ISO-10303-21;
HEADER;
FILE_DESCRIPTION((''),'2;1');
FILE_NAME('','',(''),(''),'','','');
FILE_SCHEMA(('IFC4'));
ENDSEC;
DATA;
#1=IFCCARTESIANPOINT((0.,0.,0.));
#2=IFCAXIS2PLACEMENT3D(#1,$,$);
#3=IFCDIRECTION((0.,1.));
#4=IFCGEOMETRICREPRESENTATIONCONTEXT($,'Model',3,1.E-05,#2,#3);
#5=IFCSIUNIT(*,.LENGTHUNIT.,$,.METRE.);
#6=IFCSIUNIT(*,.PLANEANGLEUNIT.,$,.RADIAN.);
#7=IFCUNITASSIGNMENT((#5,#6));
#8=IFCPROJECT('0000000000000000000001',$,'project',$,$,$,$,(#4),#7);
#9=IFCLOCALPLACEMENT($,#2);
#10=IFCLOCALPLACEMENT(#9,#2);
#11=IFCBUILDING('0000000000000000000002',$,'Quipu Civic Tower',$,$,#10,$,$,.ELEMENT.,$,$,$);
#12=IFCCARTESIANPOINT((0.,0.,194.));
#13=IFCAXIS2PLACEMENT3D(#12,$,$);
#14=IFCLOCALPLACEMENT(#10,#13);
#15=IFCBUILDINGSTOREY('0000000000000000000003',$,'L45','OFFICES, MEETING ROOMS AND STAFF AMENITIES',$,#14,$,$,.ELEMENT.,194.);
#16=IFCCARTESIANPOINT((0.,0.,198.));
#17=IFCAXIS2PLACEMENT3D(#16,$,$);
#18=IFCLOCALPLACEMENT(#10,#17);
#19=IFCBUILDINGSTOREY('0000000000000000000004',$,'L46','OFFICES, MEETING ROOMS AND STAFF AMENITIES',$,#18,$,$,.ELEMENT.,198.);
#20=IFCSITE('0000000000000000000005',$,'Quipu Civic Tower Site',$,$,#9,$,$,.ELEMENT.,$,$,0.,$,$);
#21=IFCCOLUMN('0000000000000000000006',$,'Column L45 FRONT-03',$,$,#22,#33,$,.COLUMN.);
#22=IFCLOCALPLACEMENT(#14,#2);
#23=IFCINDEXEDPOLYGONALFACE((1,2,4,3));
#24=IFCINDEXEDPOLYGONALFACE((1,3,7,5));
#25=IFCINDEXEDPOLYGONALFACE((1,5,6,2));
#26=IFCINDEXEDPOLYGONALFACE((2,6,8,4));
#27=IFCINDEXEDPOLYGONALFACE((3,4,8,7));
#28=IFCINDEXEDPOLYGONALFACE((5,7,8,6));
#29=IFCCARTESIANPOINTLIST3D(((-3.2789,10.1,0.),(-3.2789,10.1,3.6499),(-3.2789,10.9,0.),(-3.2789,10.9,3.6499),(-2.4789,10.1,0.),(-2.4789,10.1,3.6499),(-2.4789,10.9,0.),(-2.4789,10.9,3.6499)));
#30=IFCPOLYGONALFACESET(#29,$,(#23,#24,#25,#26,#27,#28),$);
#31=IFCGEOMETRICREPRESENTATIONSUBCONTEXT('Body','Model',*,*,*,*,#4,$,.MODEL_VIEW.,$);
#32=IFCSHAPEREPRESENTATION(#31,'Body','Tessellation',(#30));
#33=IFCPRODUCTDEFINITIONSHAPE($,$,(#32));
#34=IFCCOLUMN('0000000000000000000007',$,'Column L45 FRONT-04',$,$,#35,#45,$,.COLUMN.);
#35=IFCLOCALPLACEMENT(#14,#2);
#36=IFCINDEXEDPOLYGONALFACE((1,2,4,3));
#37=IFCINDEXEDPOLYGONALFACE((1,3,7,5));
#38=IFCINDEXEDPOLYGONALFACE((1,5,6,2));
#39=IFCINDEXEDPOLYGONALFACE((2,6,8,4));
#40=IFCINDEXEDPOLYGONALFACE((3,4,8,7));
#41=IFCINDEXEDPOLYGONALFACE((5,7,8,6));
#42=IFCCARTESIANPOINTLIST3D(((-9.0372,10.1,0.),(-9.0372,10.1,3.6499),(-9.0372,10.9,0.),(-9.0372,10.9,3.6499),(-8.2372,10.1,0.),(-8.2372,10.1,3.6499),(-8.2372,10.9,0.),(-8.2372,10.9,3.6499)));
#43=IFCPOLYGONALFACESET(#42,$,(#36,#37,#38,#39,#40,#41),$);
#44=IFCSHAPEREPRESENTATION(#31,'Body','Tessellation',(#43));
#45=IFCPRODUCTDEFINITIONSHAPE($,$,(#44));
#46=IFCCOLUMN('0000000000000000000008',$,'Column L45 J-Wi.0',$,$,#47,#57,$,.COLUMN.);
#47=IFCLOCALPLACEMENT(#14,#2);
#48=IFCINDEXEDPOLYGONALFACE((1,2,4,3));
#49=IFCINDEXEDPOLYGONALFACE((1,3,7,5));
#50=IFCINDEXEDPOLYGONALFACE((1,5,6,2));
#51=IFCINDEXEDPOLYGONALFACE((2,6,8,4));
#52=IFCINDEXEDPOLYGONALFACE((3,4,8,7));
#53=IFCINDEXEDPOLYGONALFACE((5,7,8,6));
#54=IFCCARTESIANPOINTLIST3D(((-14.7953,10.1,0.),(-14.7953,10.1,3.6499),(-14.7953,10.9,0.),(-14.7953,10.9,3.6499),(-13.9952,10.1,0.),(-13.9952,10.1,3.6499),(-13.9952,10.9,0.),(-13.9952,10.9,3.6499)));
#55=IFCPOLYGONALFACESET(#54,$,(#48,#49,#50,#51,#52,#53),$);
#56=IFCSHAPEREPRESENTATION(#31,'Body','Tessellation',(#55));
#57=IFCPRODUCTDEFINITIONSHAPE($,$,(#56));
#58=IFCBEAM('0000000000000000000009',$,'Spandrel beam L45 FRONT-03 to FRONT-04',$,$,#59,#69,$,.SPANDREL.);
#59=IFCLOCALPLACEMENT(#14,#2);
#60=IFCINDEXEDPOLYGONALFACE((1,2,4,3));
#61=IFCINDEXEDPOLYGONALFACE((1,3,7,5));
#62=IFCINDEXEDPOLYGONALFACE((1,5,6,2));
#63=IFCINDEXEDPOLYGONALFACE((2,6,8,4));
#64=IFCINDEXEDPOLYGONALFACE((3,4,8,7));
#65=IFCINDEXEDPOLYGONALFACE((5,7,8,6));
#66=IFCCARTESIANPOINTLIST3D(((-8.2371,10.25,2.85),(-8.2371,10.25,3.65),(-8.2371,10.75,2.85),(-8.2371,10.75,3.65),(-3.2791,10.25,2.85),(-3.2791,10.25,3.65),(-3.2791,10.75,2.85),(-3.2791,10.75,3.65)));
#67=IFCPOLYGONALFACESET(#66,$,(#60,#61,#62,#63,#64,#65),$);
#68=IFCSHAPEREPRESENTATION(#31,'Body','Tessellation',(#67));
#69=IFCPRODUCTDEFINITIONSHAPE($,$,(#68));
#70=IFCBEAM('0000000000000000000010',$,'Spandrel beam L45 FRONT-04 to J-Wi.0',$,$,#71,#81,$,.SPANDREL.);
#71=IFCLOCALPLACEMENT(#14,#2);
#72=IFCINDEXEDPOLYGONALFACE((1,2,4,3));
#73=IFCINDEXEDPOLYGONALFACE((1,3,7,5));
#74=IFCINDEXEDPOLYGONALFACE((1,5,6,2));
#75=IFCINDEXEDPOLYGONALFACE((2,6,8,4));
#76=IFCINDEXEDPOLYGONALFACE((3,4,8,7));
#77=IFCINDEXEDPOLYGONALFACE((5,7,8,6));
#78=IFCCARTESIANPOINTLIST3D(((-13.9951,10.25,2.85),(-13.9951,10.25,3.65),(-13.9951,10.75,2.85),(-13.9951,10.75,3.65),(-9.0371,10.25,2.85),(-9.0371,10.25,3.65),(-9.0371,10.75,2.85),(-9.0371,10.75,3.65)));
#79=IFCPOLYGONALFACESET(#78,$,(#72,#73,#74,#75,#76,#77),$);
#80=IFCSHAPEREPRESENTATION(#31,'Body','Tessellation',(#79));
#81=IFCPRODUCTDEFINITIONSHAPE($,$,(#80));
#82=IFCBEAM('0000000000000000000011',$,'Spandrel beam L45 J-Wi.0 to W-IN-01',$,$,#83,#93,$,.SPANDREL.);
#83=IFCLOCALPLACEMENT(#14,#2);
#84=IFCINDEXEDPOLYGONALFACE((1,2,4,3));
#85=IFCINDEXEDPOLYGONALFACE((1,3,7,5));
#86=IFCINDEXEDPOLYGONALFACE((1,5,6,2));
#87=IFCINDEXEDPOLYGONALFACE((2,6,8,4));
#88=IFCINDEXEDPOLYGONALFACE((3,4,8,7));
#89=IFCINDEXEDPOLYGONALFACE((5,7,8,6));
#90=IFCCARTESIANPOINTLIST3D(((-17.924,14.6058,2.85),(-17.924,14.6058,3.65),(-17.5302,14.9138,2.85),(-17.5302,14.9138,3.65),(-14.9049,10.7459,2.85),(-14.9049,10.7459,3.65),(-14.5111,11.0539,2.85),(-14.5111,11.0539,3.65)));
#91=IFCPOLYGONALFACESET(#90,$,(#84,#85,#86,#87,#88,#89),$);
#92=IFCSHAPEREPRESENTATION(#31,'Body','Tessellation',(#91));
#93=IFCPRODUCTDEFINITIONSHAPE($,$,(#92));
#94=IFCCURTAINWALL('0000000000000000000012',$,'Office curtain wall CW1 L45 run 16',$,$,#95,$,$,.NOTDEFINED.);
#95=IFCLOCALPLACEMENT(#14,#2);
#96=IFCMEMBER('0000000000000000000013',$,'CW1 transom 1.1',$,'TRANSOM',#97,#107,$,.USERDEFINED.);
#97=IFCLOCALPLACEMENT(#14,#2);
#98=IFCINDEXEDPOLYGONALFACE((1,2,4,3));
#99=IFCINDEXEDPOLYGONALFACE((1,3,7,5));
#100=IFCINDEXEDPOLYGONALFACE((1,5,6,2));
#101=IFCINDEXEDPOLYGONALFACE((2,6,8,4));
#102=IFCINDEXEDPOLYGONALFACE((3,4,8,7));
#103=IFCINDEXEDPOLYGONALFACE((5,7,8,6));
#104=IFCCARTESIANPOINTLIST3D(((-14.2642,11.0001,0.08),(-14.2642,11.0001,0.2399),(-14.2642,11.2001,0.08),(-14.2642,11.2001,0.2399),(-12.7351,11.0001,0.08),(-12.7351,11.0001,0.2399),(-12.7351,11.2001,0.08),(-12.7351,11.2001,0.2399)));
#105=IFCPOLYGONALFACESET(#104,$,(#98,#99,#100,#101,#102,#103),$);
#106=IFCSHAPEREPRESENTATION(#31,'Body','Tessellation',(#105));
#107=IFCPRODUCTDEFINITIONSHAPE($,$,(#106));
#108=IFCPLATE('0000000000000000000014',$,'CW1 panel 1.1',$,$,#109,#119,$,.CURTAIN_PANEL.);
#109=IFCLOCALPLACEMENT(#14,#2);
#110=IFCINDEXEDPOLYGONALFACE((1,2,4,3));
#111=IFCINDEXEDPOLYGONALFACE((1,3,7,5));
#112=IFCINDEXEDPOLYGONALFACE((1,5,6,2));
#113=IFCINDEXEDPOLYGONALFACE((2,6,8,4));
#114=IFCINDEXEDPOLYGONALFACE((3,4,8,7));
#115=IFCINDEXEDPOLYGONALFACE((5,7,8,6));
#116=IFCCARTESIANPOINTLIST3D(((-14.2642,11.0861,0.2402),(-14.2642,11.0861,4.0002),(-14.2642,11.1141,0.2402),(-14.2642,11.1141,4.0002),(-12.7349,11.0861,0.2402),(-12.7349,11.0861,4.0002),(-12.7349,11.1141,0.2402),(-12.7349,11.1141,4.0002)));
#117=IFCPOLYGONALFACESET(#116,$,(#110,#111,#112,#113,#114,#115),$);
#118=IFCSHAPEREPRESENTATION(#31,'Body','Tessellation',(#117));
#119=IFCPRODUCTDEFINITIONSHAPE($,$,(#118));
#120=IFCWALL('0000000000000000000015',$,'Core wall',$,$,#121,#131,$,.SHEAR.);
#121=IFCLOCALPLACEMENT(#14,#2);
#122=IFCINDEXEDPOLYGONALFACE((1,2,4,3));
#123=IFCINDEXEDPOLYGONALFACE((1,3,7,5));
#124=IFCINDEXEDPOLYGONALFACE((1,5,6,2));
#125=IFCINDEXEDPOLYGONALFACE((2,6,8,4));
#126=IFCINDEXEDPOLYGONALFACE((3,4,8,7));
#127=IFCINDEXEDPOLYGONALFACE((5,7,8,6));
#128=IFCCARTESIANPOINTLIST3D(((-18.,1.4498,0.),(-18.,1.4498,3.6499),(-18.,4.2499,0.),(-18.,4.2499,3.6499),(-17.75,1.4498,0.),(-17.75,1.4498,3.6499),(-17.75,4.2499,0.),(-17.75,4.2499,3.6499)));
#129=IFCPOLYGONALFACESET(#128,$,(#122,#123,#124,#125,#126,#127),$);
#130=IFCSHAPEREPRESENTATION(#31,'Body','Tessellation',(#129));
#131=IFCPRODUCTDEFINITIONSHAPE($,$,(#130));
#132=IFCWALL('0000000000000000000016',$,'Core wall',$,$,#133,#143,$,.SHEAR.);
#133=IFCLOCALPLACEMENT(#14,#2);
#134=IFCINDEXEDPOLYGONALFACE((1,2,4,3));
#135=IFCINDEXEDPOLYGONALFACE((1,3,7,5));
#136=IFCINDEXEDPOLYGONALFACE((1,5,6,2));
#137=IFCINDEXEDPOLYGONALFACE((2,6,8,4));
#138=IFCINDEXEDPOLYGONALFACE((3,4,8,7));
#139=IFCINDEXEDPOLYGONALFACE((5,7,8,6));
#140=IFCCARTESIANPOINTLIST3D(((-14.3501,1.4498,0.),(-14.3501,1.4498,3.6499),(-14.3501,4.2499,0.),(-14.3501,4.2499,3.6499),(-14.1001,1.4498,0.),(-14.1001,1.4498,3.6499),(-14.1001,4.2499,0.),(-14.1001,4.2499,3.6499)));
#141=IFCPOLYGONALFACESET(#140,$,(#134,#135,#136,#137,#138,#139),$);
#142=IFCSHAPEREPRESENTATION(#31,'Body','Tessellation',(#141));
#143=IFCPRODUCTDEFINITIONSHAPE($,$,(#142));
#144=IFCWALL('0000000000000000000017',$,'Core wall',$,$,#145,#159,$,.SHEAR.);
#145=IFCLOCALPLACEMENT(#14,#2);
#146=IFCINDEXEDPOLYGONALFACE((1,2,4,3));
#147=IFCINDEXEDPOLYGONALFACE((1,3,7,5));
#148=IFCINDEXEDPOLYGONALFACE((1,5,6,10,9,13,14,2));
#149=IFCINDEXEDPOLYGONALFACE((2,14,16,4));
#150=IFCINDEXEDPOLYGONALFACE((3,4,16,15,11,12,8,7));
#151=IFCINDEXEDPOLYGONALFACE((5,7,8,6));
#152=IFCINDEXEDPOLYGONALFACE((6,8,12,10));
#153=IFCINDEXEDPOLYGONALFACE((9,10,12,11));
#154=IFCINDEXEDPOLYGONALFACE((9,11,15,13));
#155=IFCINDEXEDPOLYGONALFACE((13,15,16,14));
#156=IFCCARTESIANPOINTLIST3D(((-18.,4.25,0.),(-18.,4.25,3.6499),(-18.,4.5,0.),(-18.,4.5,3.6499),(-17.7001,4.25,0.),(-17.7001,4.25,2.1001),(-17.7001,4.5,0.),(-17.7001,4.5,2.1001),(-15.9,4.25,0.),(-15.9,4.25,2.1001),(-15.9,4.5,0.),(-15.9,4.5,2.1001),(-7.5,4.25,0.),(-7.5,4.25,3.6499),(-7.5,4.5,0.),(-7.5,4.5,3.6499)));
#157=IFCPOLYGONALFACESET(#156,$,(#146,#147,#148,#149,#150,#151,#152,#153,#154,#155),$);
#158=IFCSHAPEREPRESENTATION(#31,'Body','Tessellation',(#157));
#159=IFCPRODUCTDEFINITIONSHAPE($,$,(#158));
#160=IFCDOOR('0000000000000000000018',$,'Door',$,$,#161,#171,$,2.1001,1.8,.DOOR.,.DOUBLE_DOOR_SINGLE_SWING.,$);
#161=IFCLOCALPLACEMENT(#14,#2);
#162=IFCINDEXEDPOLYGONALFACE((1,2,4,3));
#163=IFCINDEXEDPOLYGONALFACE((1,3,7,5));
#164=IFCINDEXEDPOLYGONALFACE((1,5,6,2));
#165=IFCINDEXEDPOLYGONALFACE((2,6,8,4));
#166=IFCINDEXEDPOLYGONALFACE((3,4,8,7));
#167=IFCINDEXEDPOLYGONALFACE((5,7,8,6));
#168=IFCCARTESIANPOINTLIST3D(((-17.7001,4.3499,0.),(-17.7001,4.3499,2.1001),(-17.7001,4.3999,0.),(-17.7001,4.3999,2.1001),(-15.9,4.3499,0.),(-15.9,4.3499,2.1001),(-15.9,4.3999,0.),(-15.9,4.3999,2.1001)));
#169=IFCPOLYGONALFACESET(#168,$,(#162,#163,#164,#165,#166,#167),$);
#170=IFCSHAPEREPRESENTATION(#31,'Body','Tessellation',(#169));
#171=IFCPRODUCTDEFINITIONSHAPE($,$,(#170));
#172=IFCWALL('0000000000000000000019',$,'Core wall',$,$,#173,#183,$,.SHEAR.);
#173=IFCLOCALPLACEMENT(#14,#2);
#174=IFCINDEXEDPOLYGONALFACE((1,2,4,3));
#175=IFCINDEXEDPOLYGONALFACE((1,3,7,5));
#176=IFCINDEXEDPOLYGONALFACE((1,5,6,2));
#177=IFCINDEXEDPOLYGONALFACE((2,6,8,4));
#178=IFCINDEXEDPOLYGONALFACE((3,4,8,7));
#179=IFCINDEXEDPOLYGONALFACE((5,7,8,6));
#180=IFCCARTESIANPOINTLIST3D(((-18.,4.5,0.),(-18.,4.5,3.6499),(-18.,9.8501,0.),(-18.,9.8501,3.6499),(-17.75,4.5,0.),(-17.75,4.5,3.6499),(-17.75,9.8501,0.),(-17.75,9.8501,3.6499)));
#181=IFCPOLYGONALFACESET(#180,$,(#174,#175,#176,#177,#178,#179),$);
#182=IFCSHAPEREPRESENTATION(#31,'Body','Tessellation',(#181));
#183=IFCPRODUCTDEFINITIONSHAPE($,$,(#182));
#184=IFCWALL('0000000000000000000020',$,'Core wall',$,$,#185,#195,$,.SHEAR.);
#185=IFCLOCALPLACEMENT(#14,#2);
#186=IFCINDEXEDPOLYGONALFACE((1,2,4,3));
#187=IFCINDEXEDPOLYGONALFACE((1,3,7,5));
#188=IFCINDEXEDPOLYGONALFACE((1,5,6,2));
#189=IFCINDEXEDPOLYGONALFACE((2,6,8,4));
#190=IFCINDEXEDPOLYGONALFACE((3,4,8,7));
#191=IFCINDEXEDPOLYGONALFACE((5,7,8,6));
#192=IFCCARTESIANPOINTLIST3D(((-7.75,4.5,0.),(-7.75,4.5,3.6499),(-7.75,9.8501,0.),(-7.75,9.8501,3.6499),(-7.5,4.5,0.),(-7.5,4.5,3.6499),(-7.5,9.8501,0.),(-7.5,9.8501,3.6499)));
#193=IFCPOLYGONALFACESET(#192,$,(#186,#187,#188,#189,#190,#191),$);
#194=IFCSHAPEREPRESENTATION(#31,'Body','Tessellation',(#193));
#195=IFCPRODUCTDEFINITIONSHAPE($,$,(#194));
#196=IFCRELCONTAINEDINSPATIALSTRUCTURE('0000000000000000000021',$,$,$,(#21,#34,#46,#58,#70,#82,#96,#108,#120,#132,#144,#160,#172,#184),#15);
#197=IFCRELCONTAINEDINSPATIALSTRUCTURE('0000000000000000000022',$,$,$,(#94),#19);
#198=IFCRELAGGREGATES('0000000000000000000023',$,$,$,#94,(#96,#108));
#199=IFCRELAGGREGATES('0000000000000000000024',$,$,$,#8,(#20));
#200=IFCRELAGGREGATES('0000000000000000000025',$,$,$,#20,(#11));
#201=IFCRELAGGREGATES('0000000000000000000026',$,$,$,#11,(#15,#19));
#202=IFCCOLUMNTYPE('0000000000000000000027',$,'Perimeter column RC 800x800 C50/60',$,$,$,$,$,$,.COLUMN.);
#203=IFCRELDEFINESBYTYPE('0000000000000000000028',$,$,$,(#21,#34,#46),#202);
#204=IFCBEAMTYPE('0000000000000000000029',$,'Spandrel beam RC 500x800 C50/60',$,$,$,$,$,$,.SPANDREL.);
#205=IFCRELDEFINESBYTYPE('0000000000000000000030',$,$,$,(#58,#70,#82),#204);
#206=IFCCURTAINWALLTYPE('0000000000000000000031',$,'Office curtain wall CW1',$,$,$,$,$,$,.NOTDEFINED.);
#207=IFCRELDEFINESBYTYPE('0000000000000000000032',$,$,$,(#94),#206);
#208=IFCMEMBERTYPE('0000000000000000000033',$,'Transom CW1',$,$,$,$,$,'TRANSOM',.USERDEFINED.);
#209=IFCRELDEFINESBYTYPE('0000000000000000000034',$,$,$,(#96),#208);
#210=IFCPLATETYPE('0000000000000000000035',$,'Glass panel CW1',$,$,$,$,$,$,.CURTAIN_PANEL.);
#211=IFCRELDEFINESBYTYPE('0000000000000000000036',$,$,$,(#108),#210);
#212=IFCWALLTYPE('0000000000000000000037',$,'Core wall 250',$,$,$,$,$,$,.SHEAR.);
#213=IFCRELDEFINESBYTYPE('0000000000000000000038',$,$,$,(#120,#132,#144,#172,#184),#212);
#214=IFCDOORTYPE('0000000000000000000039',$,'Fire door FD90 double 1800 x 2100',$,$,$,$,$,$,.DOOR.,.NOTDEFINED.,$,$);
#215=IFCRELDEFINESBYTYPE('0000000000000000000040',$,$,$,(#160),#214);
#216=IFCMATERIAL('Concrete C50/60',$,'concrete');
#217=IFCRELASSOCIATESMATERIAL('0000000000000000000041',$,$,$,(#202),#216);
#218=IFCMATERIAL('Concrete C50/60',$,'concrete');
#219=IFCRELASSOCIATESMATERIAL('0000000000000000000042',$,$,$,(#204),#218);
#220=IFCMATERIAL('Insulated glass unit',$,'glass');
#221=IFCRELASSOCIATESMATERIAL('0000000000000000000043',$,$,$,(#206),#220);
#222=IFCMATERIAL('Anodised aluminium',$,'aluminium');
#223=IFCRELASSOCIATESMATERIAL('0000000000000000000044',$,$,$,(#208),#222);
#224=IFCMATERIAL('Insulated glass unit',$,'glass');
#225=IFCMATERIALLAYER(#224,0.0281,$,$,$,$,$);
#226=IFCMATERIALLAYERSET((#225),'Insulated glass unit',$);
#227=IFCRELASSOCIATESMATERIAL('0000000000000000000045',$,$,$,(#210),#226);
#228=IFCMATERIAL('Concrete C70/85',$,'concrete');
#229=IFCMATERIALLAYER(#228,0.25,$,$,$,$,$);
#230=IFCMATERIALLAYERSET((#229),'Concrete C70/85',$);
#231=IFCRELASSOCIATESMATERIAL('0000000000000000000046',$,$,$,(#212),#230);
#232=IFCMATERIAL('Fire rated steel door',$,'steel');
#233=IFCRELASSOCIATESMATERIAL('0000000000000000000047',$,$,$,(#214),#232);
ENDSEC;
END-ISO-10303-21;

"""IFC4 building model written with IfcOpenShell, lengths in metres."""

from ifc_helpers import new_model, si_unit, direction, frame, frame_2d, origin, origin_2d, place, context, subcontext, project, spatial, rectangle, extrude, material, layer, layer_set, material_profile, profile_set, type_object, element, fill, aggregate, save


model = new_model("IFC4")

# Units and contexts
model_context = context("Model", 3, precision=1e-05, world=origin(), true_north=direction((0.0, 1.0)))
body_context = subcontext(model_context, "Body", "Model", "MODEL_VIEW")
ifc_project = project(units=[si_unit("LENGTHUNIT", "METRE"), si_unit("PLANEANGLEUNIT", "RADIAN")], contexts=[model_context])

# Site, building, storey
site_placement = place(None, origin())
site = spatial("IfcSite", under=ifc_project, at=site_placement, Name="Quipu Civic Tower Site", CompositionType="ELEMENT", RefElevation=0.0)
building_placement = place(site_placement, origin())
building = spatial("IfcBuilding", under=site, at=building_placement, Name="Quipu Civic Tower", CompositionType="ELEMENT")
storey_1_placement = place(building_placement, frame((0.0, 0.0, 194.0)))
storey_1 = spatial("IfcBuildingStorey", under=building, at=storey_1_placement, Name="L45", Description="OFFICES, MEETING ROOMS AND STAFF AMENITIES", CompositionType="ELEMENT", Elevation=194.0)

# Columns
ifc_material_1 = material(Name="Concrete C50/60", Category="concrete")
ifc_material_profile_1 = material_profile(ifc_material_1, rectangle(XDim=0.8, YDim=0.8, at=origin_2d()), Name="RC800x800")
ifc_profile_set_1 = profile_set([ifc_material_profile_1], Name="Concrete C50/60")
column_type = type_object("IfcColumnType", Name="Perimeter column RC 800x800 C50/60", PredefinedType="COLUMN", material=ifc_profile_set_1)
for number, where, z_axis, x_axis, name in (
    (1, (-2.8789, 10.5, 0.0), (0.0, 0.0, 1.0), (-1.0, 0.0, 0.0), "Column L45 FRONT-03"),
    (2, (-8.6372, 10.5, 0.0), (0.0, 0.0, 1.0), (-1.0, 0.0, 0.0), "Column L45 FRONT-04"),
    (3, (-14.3953, 10.5, 0.0), (0.0, 0.0, 1.0), (-1.0, 0.0, 0.0), "Column L45 J-Wi.0"),
):
    element("IfcColumn", number, at=place(storey_1_placement, frame(where, z_axis=z_axis, x_axis=x_axis)), inside=storey_1, type_object=column_type, Name=name, PredefinedType="COLUMN", context=body_context, shape_type="SweptSolid", body=[
        extrude(rectangle(XDim=0.8, YDim=0.8, at=origin_2d()), origin(), (0.0, 0.0, 1.0), 3.6499),
    ])

# Beams
ifc_material_2 = material(Name="Concrete C50/60", Category="concrete")
ifc_material_profile_2 = material_profile(ifc_material_2, rectangle(XDim=0.5, YDim=0.8, at=origin_2d()), Name="RC500x800")
ifc_profile_set_2 = profile_set([ifc_material_profile_2], Name="Concrete C50/60")
beam_type = type_object("IfcBeamType", Name="Spandrel beam RC 500x800 C50/60", PredefinedType="SPANDREL", material=ifc_profile_set_2)
for number, where, z_axis, x_axis, name in (
    (4, (-3.2791, 10.5, 3.25), (-1.0, 0.0, 0.0), (0.0, -1.0, 0.0), "Spandrel beam L45 FRONT-03 to FRONT-04"),
    (5, (-9.0371, 10.5, 3.25), (-1.0, 0.0, 0.0), (0.0, -1.0, 0.0), "Spandrel beam L45 FRONT-04 to J-Wi.0"),
):
    element("IfcBeam", number, at=place(storey_1_placement, frame(where, z_axis=z_axis, x_axis=x_axis)), inside=storey_1, type_object=beam_type, Name=name, PredefinedType="SPANDREL", context=body_context, shape_type="SweptSolid", body=[
        extrude(rectangle(XDim=0.5, YDim=0.8, at=origin_2d()), origin(), (0.0, 0.0, 1.0), 4.958),
    ])
beam_placement = place(storey_1_placement, frame((-14.708, 10.8999, 3.25), z_axis=(-0.616091, 0.787675, 0.0), x_axis=(-0.787675, -0.616091, 0.0)))
element("IfcBeam", 6, at=beam_placement, inside=storey_1, type_object=beam_type, Name="Spandrel beam L45 J-Wi.0 to W-IN-01", PredefinedType="SPANDREL", context=body_context, shape_type="SweptSolid", body=[
    extrude(rectangle(XDim=0.5, YDim=0.8, at=origin_2d()), origin(), (0.0, 0.0, 1.0), 4.9004),
])

# Shared definitions
storey_2_placement = place(building_placement, frame((0.0, 0.0, 198.0)))
storey_2 = spatial("IfcBuildingStorey", under=building, at=storey_2_placement, Name="L46", Description="OFFICES, MEETING ROOMS AND STAFF AMENITIES", CompositionType="ELEMENT", Elevation=198.0)

# Curtain wall, member, plate
ifc_material_3 = material(Name="Insulated glass unit", Category="glass")
curtain_wall_type = type_object("IfcCurtainWallType", Name="Office curtain wall CW1", PredefinedType="NOTDEFINED", material=ifc_material_3)
curtain_wall_placement = place(storey_2_placement, origin())
curtain_wall = element("IfcCurtainWall", 7, at=curtain_wall_placement, inside=storey_2, type_object=curtain_wall_type, Name="Office curtain wall CW1 L45 run 16", PredefinedType="NOTDEFINED")
ifc_material_4 = material(Name="Anodised aluminium", Category="aluminium")
ifc_material_profile_3 = material_profile(ifc_material_4, rectangle(XDim=0.2, YDim=0.1599, at=origin_2d()), Name="RECT 200x160")
ifc_profile_set_3 = profile_set([ifc_material_profile_3], Name="Anodised aluminium")
member_type = type_object("IfcMemberType", Name="Transom CW1", ElementType="TRANSOM", PredefinedType="USERDEFINED", material=ifc_profile_set_3)
member_placement = place(storey_1_placement, frame((-12.7351, 11.1001, 0.1599), z_axis=(-1.0, 0.0, 0.0), x_axis=(0.0, -1.0, 0.0)))
member = element("IfcMember", 8, at=member_placement, inside=storey_1, type_object=member_type, Name="CW1 transom 1.1", ObjectType="TRANSOM", PredefinedType="USERDEFINED", context=body_context, shape_type="SweptSolid", body=[
    extrude(rectangle(XDim=0.2, YDim=0.1599, at=origin_2d()), origin(), (0.0, 0.0, 1.0), 1.5291),
])
ifc_material_5 = material(Name="Insulated glass unit", Category="glass")
ifc_layer_1 = layer(ifc_material_5, 0.0281)
ifc_layer_set_1 = layer_set([ifc_layer_1], Name="Insulated glass unit")
plate_type = type_object("IfcPlateType", Name="Glass panel CW1", PredefinedType="CURTAIN_PANEL", material=ifc_layer_set_1)
plate_placement = place(storey_1_placement, frame((-13.4995, 11.1001, 0.2402), z_axis=(0.0, 0.0, 1.0), x_axis=(-1.0, 0.0, 0.0)))
plate = element("IfcPlate", 9, at=plate_placement, inside=storey_1, type_object=plate_type, Name="CW1 panel 1.1", PredefinedType="CURTAIN_PANEL", context=body_context, shape_type="SweptSolid", body=[
    extrude(rectangle(XDim=1.5293, YDim=0.0281, at=origin_2d()), origin(), (0.0, 0.0, 1.0), 3.76),
])
aggregate(curtain_wall, [member, plate])

# Walls
ifc_material_6 = material(Name="Concrete C70/85", Category="concrete")
ifc_layer_2 = layer(ifc_material_6, 0.25)
ifc_layer_set_2 = layer_set([ifc_layer_2], Name="Concrete C70/85")
wall_type_1 = type_object("IfcWallType", Name="Core wall 250", PredefinedType="SHEAR", material=ifc_layer_set_2)
for number, where, z_axis, x_axis, name in (
    (10, (-17.875, 1.45, 0.0), (0.0, 0.0, 1.0), (0.0, 1.0, 0.0), "Core wall"),
    (11, (-14.2251, 1.45, 0.0), (0.0, 0.0, 1.0), (0.0, 1.0, 0.0), "Core wall"),
):
    element("IfcWall", number, at=place(storey_1_placement, frame(where, z_axis=z_axis, x_axis=x_axis)), inside=storey_1, type_object=wall_type_1, Name=name, PredefinedType="SHEAR", context=body_context, shape_type="SweptSolid", body=[
        extrude(rectangle(XDim=2.8, YDim=0.25, at=frame_2d((1.3999, 0.0))), origin(), (0.0, 0.0, 1.0), 3.6499),
    ])

# Wall, opening, door
wall_1_placement = place(storey_1_placement, frame((-18.0, 4.375, 0.0), z_axis=(0.0, 0.0, 1.0), x_axis=(1.0, 0.0, 0.0)))
wall_1 = element("IfcWall", 12, at=wall_1_placement, inside=storey_1, type_object=wall_type_1, Name="Core wall", PredefinedType="SHEAR", context=body_context, shape_type="SweptSolid", body=[
    extrude(rectangle(XDim=10.5, YDim=0.25, at=frame_2d((5.25, 0.0))), origin(), (0.0, 0.0, 1.0), 3.6499),
])
opening_1_placement = place(wall_1_placement, frame((0.3, 0.0, 0.0)))
opening_1 = element("IfcOpeningElement", 13, at=opening_1_placement, cuts=wall_1, PredefinedType="OPENING", context=body_context, shape_type="SweptSolid", body=[
    extrude(rectangle(XDim=1.8, YDim=2.1001, at=frame_2d((0.8999, 1.05))), frame((0.0, 0.135, 0.0), z_axis=(0.0, -1.0, 0.0), x_axis=(1.0, 0.0, 0.0)), (0.0, 0.0, 1.0), 0.27),
])
ifc_material_7 = material(Name="Fire rated steel door", Category="steel")
door_type_1 = type_object("IfcDoorType", Name="Fire door FD90 double 1800 x 2100", OperationType="NOTDEFINED", PredefinedType="DOOR", material=ifc_material_7)
door_1_placement = place(opening_1_placement, origin())
door_1 = element("IfcDoor", 14, at=door_1_placement, inside=storey_1, type_object=door_type_1, Name="Door", OperationType="DOUBLE_DOOR_SINGLE_SWING", OverallHeight=2.1001, OverallWidth=1.8, PredefinedType="DOOR", context=body_context, shape_type="SweptSolid", body=[
    extrude(rectangle(XDim=1.8, YDim=2.1001, at=frame_2d((0.8999, 1.05))), frame((0.0, 0.0249, 0.0), z_axis=(0.0, -1.0, 0.0), x_axis=(1.0, 0.0, 0.0)), (0.0, 0.0, 1.0), 0.05),
])
fill(opening_1, door_1)

# Walls
for number, where, z_axis, x_axis, name in (
    (15, (-17.875, 4.5, 0.0), (0.0, 0.0, 1.0), (0.0, 1.0, 0.0), "Core wall"),
    (16, (-7.625, 4.5, 0.0), (0.0, 0.0, 1.0), (0.0, 1.0, 0.0), "Core wall"),
):
    element("IfcWall", number, at=place(storey_1_placement, frame(where, z_axis=z_axis, x_axis=x_axis)), inside=storey_1, type_object=wall_type_1, Name=name, PredefinedType="SHEAR", context=body_context, shape_type="SweptSolid", body=[
        extrude(rectangle(XDim=5.3501, YDim=0.25, at=frame_2d((2.675, 0.0))), origin(), (0.0, 0.0, 1.0), 3.6499),
    ])

save(model, "model.ifc")
